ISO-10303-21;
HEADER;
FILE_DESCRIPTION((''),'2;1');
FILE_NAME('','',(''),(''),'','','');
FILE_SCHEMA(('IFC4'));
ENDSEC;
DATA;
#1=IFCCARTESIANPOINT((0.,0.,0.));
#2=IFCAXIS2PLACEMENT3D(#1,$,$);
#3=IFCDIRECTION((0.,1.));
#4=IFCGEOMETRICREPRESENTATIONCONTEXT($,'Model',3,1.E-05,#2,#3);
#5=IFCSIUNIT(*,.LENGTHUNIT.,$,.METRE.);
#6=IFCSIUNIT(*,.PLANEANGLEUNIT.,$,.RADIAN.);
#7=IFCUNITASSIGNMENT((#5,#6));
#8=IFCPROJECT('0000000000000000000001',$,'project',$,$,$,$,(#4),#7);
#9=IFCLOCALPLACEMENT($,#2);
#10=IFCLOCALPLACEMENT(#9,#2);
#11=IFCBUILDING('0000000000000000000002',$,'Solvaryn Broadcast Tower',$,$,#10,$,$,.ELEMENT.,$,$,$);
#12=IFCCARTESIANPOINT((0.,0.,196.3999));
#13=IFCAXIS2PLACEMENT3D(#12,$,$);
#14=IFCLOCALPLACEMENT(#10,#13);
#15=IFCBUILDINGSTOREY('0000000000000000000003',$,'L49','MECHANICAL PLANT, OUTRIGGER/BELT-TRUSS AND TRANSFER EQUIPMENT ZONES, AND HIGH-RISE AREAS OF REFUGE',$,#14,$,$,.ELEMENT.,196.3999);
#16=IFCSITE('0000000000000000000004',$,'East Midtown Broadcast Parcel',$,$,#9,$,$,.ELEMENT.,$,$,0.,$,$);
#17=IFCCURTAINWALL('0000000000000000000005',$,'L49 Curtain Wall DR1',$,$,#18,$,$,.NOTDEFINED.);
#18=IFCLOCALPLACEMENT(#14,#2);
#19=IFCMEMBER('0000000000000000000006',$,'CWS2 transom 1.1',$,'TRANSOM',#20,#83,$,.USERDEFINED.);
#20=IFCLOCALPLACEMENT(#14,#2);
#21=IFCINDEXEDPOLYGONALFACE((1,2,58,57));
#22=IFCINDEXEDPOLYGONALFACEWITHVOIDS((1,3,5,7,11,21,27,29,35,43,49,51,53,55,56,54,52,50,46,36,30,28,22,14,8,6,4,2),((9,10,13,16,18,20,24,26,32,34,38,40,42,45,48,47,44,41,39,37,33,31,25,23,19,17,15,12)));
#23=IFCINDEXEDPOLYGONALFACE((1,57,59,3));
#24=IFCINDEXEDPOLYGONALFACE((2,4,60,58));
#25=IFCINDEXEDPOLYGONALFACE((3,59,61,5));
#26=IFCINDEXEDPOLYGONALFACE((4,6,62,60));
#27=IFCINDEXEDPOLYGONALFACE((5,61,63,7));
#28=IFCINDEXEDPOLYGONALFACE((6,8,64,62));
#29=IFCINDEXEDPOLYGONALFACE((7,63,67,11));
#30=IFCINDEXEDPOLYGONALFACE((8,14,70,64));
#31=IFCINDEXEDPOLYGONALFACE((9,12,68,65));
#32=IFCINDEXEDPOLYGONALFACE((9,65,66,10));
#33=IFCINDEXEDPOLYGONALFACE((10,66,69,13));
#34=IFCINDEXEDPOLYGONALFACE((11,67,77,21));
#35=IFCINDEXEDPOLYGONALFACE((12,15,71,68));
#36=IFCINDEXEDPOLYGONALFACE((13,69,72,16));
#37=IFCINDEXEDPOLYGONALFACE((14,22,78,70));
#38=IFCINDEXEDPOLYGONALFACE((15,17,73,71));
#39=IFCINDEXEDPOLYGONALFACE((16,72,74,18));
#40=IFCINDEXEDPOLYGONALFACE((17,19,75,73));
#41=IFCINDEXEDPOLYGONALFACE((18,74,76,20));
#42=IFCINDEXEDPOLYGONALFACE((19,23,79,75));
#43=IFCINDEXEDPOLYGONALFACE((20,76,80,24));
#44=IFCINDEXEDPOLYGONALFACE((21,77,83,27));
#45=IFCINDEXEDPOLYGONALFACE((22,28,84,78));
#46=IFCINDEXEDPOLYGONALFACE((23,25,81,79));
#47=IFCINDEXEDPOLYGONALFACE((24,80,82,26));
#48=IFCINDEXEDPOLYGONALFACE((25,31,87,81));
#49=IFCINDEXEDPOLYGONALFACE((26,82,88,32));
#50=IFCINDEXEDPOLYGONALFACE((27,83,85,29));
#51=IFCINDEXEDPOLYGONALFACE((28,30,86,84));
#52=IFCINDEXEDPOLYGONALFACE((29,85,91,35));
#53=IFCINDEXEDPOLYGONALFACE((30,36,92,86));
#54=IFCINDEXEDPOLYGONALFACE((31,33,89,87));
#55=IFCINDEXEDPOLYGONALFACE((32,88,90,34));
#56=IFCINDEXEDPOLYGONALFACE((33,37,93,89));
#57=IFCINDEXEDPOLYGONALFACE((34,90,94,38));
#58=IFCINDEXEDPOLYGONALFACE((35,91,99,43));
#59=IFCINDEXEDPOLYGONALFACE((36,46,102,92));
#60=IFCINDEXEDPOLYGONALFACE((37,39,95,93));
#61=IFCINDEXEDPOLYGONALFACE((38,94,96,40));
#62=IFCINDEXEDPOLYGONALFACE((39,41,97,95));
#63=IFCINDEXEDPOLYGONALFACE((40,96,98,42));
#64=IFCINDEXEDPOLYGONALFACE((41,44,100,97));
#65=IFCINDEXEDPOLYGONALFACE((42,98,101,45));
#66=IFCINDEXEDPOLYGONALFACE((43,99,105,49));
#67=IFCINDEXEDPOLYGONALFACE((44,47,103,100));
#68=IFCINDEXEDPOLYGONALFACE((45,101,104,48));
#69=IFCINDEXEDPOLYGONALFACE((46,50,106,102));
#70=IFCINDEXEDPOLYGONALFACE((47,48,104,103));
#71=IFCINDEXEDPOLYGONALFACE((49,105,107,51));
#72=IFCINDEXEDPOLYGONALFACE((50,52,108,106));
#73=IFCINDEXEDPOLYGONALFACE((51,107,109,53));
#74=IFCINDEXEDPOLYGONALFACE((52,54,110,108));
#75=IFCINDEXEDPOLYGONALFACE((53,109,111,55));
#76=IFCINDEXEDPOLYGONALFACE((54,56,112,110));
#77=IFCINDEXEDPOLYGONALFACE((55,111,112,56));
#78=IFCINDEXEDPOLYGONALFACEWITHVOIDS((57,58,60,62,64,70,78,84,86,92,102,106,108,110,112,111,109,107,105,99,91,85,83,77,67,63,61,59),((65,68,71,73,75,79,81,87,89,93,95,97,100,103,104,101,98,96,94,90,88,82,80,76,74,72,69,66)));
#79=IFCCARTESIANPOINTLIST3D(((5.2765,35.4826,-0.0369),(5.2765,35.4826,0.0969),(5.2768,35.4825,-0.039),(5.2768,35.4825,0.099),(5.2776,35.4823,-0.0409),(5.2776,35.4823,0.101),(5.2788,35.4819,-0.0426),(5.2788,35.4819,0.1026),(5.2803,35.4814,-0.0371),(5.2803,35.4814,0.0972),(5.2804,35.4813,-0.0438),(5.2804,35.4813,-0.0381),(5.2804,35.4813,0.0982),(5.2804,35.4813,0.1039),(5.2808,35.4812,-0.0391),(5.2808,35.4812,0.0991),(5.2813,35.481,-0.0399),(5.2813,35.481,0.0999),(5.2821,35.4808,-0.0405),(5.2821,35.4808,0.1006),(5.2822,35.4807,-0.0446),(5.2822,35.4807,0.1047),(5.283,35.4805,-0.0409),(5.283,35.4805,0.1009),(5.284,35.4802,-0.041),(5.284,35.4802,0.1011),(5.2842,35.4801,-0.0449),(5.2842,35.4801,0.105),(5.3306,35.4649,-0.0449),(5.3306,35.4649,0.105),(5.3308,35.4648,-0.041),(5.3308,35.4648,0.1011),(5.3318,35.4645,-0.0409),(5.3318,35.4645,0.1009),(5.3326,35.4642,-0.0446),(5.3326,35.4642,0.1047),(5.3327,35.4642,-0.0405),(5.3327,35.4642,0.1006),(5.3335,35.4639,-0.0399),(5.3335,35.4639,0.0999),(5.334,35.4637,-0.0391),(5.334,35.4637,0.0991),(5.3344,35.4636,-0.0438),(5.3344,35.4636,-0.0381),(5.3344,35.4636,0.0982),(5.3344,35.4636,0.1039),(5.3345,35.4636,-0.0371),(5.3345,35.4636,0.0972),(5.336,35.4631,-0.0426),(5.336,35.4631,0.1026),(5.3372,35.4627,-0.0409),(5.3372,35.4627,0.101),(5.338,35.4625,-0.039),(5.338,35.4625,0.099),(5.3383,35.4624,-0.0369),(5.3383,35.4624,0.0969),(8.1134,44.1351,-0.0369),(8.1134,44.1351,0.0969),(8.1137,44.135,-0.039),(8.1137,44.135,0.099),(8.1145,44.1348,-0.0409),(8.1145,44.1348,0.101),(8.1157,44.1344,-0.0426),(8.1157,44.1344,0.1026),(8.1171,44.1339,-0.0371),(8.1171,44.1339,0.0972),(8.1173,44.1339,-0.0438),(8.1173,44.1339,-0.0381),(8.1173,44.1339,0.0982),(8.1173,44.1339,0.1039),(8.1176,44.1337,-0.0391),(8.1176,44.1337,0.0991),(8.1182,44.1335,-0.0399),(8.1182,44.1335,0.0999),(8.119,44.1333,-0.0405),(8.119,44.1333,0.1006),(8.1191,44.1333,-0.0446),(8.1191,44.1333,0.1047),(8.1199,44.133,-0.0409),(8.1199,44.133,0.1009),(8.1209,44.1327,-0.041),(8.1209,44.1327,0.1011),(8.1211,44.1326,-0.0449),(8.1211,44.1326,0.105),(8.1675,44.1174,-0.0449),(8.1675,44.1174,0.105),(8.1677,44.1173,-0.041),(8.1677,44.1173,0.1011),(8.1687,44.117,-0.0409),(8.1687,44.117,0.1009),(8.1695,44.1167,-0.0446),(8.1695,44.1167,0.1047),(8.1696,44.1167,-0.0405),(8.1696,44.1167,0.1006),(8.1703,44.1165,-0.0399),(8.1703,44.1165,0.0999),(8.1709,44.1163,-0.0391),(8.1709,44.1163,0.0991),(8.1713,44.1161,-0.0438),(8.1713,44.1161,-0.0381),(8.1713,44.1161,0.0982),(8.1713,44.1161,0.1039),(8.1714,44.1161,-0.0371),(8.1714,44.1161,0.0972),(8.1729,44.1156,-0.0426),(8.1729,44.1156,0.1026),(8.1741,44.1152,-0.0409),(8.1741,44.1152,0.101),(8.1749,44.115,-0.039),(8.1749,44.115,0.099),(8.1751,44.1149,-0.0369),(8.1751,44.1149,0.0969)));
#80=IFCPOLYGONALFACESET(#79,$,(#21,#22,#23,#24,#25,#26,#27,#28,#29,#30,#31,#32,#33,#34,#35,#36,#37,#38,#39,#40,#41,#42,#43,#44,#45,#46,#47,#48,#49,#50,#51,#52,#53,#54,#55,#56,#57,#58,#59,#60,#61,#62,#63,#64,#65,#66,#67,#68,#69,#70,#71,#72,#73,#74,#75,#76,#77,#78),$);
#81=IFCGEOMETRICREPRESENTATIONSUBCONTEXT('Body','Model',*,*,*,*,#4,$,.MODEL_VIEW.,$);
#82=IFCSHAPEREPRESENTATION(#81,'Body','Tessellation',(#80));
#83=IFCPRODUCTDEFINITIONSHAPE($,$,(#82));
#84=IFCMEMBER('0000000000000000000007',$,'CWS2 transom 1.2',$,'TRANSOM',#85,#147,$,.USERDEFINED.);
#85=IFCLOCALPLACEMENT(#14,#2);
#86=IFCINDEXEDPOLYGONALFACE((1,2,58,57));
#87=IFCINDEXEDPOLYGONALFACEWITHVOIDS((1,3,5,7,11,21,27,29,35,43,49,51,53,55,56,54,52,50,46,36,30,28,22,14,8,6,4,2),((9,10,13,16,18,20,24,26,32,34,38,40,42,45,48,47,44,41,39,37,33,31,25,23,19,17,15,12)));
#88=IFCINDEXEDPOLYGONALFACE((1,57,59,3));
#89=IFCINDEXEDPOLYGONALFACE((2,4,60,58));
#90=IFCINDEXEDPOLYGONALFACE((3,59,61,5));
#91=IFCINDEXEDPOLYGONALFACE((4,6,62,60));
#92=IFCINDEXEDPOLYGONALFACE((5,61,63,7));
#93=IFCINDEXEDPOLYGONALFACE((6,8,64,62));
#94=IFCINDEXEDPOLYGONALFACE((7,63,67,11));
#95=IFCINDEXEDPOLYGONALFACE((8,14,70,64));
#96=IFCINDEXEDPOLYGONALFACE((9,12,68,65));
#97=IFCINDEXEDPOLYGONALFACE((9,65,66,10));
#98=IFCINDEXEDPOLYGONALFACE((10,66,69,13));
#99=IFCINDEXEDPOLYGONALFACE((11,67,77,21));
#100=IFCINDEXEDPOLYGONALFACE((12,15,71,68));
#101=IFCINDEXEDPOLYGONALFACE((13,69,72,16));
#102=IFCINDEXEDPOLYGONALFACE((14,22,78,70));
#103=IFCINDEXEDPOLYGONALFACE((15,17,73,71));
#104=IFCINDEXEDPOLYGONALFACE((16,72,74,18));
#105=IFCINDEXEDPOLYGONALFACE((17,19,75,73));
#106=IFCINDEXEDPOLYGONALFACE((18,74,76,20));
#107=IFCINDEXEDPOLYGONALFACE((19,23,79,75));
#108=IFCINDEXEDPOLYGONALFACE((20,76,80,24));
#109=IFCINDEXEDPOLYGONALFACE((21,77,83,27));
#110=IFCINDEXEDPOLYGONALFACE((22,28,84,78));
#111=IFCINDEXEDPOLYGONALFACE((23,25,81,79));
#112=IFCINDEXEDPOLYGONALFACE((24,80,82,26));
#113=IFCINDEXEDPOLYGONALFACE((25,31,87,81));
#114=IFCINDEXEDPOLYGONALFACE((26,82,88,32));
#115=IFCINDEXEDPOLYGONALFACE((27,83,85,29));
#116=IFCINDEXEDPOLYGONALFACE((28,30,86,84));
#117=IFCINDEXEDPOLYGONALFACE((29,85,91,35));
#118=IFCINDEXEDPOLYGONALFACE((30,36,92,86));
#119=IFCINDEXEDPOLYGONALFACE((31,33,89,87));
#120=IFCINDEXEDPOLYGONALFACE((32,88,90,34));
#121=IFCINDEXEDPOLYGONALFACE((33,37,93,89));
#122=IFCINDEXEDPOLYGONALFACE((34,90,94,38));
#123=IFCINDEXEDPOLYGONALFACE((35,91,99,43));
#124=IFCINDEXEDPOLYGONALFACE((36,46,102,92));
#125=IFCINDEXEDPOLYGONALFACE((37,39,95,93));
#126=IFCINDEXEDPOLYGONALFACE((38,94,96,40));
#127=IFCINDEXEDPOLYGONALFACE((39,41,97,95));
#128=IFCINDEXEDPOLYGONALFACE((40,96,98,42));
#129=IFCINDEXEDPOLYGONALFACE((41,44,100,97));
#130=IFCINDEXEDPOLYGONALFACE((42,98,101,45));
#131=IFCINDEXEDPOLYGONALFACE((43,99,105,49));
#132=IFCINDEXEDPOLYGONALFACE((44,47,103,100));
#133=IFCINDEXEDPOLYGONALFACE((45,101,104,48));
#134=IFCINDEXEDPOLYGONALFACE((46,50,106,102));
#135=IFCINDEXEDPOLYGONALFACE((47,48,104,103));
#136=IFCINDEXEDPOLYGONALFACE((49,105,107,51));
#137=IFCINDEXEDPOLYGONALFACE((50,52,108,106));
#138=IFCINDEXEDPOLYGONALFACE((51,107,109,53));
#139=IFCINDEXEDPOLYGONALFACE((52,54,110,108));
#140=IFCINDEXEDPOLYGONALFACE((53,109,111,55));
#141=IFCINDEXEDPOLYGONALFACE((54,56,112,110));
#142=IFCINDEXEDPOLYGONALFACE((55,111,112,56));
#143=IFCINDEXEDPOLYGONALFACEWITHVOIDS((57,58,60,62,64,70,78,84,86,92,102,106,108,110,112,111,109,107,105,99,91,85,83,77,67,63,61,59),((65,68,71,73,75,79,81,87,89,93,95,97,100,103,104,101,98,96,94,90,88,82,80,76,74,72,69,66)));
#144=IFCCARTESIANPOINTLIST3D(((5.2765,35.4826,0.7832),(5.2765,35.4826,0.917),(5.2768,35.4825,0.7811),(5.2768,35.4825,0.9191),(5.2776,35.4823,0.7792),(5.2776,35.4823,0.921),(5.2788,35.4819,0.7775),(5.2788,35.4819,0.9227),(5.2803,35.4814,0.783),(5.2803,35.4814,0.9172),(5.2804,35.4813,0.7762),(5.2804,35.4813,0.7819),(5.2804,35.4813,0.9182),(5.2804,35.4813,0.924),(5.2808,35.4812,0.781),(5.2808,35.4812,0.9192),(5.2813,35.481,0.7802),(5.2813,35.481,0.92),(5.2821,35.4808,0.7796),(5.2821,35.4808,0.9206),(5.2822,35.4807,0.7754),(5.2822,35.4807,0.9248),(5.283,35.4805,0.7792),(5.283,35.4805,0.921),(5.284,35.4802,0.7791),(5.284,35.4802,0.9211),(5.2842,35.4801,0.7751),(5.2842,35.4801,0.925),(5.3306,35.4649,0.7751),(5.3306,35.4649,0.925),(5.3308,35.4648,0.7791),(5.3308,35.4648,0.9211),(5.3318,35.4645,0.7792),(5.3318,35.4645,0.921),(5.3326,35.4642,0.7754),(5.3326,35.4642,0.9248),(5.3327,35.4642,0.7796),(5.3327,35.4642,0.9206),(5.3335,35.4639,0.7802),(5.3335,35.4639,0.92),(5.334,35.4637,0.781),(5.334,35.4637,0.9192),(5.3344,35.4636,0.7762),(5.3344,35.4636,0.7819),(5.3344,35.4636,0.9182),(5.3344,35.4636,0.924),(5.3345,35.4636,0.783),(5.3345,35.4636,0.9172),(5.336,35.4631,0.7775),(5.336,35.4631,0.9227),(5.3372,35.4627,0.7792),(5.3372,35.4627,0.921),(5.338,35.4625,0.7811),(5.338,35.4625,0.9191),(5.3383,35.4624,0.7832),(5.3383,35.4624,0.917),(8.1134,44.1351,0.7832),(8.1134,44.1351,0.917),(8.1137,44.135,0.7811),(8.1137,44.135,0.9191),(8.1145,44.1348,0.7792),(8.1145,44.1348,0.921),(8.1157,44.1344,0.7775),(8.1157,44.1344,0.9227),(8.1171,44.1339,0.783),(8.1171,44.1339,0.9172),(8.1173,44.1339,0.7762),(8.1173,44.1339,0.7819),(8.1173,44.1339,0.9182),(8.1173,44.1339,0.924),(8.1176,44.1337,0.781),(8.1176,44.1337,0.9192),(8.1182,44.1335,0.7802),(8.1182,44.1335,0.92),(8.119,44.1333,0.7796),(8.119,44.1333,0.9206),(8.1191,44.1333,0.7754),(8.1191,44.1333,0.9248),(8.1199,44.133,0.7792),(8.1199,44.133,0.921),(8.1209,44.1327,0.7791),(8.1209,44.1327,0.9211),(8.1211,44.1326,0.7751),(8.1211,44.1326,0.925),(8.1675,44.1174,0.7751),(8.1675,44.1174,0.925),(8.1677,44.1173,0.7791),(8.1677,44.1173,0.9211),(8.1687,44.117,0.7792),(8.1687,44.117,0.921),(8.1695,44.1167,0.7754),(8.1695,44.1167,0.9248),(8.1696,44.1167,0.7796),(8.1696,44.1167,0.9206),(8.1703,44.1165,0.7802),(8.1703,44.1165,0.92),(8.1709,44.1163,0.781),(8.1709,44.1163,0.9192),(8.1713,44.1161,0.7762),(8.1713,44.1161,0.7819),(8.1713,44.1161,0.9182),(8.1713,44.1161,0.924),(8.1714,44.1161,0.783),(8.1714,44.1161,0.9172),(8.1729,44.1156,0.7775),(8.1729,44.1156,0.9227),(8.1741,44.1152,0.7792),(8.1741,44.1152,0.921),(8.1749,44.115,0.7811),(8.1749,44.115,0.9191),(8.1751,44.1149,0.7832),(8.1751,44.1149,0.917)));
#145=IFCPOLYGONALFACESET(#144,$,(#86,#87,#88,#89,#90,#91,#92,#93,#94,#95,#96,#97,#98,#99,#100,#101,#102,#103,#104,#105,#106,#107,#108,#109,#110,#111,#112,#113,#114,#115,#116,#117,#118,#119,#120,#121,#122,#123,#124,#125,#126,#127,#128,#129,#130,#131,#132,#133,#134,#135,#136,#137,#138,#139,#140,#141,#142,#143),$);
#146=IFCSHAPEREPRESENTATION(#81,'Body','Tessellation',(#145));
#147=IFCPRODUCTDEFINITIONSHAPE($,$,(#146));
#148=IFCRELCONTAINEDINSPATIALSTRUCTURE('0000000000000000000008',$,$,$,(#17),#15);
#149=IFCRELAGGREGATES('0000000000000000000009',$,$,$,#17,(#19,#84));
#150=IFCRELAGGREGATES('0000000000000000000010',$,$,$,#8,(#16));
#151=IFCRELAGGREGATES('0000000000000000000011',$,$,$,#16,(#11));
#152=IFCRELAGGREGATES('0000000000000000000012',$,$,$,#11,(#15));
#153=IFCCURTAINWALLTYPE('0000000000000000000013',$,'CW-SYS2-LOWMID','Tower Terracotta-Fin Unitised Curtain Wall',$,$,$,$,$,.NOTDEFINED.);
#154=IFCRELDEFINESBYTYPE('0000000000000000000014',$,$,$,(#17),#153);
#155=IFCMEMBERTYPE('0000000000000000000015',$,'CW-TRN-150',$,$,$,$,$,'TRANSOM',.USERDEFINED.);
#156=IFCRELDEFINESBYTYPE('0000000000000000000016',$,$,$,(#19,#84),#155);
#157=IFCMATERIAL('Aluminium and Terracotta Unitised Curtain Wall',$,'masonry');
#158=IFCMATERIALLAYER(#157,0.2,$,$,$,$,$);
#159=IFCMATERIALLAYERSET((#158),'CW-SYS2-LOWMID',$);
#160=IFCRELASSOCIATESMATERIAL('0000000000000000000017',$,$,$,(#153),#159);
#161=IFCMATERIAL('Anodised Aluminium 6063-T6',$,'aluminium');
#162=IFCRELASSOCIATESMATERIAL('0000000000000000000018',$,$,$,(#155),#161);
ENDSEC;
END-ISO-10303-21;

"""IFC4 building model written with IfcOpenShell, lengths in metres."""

from ifc_helpers import new_model, si_unit, direction, frame, origin, origin_2d, place, context, subcontext, project, spatial, hollow_rectangle, extrude, material, layer, layer_set, material_profile, profile_set, type_object, element, aggregate, save


model = new_model("IFC4")

# Units and contexts
model_context = context("Model", 3, precision=1e-05, world=origin(), true_north=direction((0.0, 1.0)))
body_context = subcontext(model_context, "Body", "Model", "MODEL_VIEW")
ifc_project = project(units=[si_unit("LENGTHUNIT", "METRE"), si_unit("PLANEANGLEUNIT", "RADIAN")], contexts=[model_context])

# Site, building, storey
site_placement = place(None, origin())
site = spatial("IfcSite", under=ifc_project, at=site_placement, Name="East Midtown Broadcast Parcel", CompositionType="ELEMENT", RefElevation=0.0)
building_placement = place(site_placement, origin())
building = spatial("IfcBuilding", under=site, at=building_placement, Name="Solvaryn Broadcast Tower", CompositionType="ELEMENT")
storey_placement = place(building_placement, frame((0.0, 0.0, 196.3999)))
storey = spatial("IfcBuildingStorey", under=building, at=storey_placement, Name="L49", Description="MECHANICAL PLANT, OUTRIGGER/BELT-TRUSS AND TRANSFER EQUIPMENT ZONES, AND HIGH-RISE AREAS OF REFUGE", CompositionType="ELEMENT", Elevation=196.3999)

# Curtain wall
ifc_material_1 = material(Name="Aluminium and Terracotta Unitised Curtain Wall", Category="masonry")
ifc_layer_1 = layer(ifc_material_1, 0.2)
ifc_layer_set_1 = layer_set([ifc_layer_1], Name="CW-SYS2-LOWMID")
curtain_wall_type = type_object("IfcCurtainWallType", Name="CW-SYS2-LOWMID", Description="Tower Terracotta-Fin Unitised Curtain Wall", PredefinedType="NOTDEFINED", material=ifc_layer_set_1)
curtain_wall_1_placement = place(storey_placement, origin())
curtain_wall_1 = element("IfcCurtainWall", 1, at=curtain_wall_1_placement, inside=storey, type_object=curtain_wall_type, Name="L49 Curtain Wall DR1", PredefinedType="NOTDEFINED")

# Members
ifc_material_2 = material(Name="Anodised Aluminium 6063-T6", Category="aluminium")
ifc_material_profile_1 = material_profile(ifc_material_2, hollow_rectangle(XDim=0.0649, YDim=0.1499, WallThickness=0.0039, InnerFilletRadius=0.0039, OuterFilletRadius=0.0081, at=origin_2d()))
ifc_profile_set_1 = profile_set([ifc_material_profile_1], Name="Anodised Aluminium 6063-T6")
member_type_1 = type_object("IfcMemberType", Name="CW-TRN-150", ElementType="TRANSOM", PredefinedType="USERDEFINED", material=ifc_profile_set_1)
member_1_placement = place(storey_placement, frame((8.1443, 44.125, 0.03), z_axis=(-0.311551, -0.95023, 0.0), x_axis=(0.95023, -0.311551, 0.0)))
member_1 = element("IfcMember", 2, at=member_1_placement, type_object=member_type_1, Name="CWS2 transom 1.1", ObjectType="TRANSOM", PredefinedType="USERDEFINED", context=body_context, shape_type="SweptSolid", body=[
    extrude(hollow_rectangle(XDim=0.0649, YDim=0.1499, WallThickness=0.0039, InnerFilletRadius=0.0039, OuterFilletRadius=0.0081, at=origin_2d()), origin(), (0.0, 0.0, 1.0), 9.1057),
])
member_2_placement = place(storey_placement, frame((8.1443, 44.125, 0.8501), z_axis=(-0.311551, -0.95023, 0.0), x_axis=(0.95023, -0.311551, 0.0)))
member_2 = element("IfcMember", 3, at=member_2_placement, type_object=member_type_1, Name="CWS2 transom 1.2", ObjectType="TRANSOM", PredefinedType="USERDEFINED", context=body_context, shape_type="SweptSolid", body=[
    extrude(hollow_rectangle(XDim=0.0649, YDim=0.1499, WallThickness=0.0039, InnerFilletRadius=0.0039, OuterFilletRadius=0.0081, at=origin_2d()), origin(), (0.0, 0.0, 1.0), 9.1057),
])

aggregate(curtain_wall_1, [member_1, member_2])

save(model, "model.ifc")
